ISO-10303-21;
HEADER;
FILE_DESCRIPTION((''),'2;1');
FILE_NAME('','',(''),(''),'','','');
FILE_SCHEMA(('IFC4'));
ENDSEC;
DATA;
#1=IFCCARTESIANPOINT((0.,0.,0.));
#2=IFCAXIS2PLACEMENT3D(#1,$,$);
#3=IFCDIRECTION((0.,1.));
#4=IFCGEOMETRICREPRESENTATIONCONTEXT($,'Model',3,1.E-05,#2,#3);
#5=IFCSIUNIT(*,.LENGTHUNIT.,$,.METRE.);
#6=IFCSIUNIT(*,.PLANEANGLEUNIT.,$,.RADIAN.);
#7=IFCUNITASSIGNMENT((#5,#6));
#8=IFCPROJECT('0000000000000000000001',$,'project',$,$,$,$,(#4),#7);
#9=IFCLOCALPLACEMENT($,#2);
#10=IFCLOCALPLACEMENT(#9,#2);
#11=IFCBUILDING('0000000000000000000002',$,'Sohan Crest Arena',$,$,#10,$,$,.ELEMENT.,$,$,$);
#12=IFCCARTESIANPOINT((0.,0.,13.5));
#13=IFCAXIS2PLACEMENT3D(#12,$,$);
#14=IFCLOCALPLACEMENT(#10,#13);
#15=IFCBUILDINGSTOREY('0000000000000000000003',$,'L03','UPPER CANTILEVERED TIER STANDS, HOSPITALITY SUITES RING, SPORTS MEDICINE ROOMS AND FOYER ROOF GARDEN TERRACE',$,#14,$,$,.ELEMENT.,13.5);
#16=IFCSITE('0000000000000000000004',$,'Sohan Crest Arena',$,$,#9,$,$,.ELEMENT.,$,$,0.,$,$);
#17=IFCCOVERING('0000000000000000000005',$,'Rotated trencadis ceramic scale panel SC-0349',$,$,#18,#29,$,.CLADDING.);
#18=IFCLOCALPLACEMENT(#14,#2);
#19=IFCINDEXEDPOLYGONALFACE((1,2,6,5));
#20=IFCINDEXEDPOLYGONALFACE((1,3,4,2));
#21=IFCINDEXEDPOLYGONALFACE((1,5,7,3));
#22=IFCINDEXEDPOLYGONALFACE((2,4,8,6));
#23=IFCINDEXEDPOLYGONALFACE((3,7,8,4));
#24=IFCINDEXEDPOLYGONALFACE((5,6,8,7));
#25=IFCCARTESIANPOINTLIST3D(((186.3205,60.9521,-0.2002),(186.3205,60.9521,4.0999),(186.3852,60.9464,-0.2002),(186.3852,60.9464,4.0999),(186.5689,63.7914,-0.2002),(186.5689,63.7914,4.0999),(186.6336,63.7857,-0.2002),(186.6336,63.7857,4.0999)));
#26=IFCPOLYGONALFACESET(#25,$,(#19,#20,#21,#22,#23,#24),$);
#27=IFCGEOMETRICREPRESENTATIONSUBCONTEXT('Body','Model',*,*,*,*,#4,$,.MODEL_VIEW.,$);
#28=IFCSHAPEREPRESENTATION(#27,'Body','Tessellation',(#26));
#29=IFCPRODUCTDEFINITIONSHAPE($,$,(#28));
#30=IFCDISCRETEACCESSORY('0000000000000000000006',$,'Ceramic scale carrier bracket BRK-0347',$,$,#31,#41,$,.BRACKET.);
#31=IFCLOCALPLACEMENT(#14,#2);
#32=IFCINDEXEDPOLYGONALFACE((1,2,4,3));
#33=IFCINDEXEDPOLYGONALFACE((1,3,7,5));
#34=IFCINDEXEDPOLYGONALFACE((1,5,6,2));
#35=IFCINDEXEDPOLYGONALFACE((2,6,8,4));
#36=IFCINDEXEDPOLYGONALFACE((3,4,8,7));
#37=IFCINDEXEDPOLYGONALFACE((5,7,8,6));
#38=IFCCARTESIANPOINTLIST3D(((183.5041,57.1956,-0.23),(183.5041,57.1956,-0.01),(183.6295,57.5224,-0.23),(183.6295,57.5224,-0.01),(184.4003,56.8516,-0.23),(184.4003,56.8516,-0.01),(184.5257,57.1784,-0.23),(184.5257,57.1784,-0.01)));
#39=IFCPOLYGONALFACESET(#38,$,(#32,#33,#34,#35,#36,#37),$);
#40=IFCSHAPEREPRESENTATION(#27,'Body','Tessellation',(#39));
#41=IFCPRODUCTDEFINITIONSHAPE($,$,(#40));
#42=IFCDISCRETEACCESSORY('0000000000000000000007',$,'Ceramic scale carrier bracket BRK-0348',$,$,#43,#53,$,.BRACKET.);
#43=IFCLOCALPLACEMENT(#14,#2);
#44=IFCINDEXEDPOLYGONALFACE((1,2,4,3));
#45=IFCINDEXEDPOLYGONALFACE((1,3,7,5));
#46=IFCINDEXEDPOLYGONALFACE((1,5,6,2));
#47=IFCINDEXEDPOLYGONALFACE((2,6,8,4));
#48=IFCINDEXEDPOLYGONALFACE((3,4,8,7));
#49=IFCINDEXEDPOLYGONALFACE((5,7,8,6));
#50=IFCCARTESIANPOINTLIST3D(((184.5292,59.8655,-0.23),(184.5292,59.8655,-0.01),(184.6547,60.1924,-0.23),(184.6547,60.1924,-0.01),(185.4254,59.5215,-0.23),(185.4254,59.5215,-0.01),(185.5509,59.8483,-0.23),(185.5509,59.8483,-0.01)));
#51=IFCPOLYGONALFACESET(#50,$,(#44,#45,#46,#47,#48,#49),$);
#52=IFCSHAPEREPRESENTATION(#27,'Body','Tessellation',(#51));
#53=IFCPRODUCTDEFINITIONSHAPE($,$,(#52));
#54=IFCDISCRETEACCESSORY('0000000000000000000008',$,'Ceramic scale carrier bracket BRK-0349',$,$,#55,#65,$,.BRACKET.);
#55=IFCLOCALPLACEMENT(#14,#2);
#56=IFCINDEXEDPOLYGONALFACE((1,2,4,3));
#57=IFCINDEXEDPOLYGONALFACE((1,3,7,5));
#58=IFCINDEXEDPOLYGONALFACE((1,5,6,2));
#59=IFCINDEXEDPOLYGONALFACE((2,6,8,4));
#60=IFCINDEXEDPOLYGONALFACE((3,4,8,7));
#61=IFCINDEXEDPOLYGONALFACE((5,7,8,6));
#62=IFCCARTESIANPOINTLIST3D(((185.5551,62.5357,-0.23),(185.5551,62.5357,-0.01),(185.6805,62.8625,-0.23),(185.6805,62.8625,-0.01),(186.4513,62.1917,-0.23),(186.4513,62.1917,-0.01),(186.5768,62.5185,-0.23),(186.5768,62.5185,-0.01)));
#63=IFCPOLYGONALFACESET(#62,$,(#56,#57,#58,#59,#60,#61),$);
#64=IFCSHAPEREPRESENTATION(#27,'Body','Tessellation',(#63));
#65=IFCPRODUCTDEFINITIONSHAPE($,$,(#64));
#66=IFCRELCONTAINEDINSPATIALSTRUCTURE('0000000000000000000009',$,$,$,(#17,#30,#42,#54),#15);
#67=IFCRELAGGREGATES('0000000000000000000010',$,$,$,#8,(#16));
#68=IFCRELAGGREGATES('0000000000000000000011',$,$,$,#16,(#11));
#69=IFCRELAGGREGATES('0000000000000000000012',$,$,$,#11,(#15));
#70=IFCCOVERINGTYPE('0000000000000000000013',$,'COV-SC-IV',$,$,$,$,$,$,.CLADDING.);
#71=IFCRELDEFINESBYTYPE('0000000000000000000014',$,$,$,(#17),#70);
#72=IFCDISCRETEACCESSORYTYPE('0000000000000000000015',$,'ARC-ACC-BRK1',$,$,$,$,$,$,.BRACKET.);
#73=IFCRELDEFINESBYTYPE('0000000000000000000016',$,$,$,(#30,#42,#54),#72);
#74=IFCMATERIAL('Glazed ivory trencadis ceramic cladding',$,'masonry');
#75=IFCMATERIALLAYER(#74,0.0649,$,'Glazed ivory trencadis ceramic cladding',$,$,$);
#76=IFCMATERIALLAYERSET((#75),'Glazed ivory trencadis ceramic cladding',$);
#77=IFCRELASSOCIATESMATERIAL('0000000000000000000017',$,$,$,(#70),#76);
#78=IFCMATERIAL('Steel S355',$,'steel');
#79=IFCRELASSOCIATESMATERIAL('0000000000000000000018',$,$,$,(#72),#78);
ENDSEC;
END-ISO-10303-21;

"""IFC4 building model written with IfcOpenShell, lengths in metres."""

from ifc_helpers import new_model, si_unit, direction, frame, origin, origin_2d, place, context, subcontext, project, spatial, rectangle, extrude, material, layer, layer_set, type_object, element, save


model = new_model("IFC4")

# Units and contexts
model_context = context("Model", 3, precision=1e-05, world=origin(), true_north=direction((0.0, 1.0)))
body_context = subcontext(model_context, "Body", "Model", "MODEL_VIEW")
ifc_project = project(units=[si_unit("LENGTHUNIT", "METRE"), si_unit("PLANEANGLEUNIT", "RADIAN")], contexts=[model_context])

# Site, building, storey
site_placement = place(None, origin())
site = spatial("IfcSite", under=ifc_project, at=site_placement, Name="Sohan Crest Arena", CompositionType="ELEMENT", RefElevation=0.0)
building_placement = place(site_placement, origin())
building = spatial("IfcBuilding", under=site, at=building_placement, Name="Sohan Crest Arena", CompositionType="ELEMENT")
storey_placement = place(building_placement, frame((0.0, 0.0, 13.5)))
storey = spatial("IfcBuildingStorey", under=building, at=storey_placement, Name="L03", Description="UPPER CANTILEVERED TIER STANDS, HOSPITALITY SUITES RING, SPORTS MEDICINE ROOMS AND FOYER ROOF GARDEN TERRACE", CompositionType="ELEMENT", Elevation=13.5)

# Covering
ifc_material_1 = material(Name="Glazed ivory trencadis ceramic cladding", Category="masonry")
ifc_layer_1 = layer(ifc_material_1, 0.0649, Name="Glazed ivory trencadis ceramic cladding")
ifc_layer_set_1 = layer_set([ifc_layer_1], Name="Glazed ivory trencadis ceramic cladding")
covering_type = type_object("IfcCoveringType", Name="COV-SC-IV", PredefinedType="CLADDING", material=ifc_layer_set_1)
for number, where, z_axis, x_axis, name in (
    (1, (186.4771, 62.3689, -0.2002), (0.0, 0.0, 1.0), (0.087156, 0.996195, 0.0), "Rotated trencadis ceramic scale panel SC-0349"),
):
    element("IfcCovering", number, at=place(storey_placement, frame(where, z_axis=z_axis, x_axis=x_axis)), inside=storey, type_object=covering_type, Name=name, PredefinedType="CLADDING", context=body_context, shape_type="SweptSolid", body=[
        extrude(rectangle(XDim=2.8501, YDim=0.0649, at=origin_2d()), origin(), (0.0, 0.0, 1.0), 4.3),
    ])

# Discrete accessories
ifc_material_2 = material(Name="Steel S355", Category="steel")
discrete_accessory_type = type_object("IfcDiscreteAccessoryType", Name="ARC-ACC-BRK1", PredefinedType="BRACKET", material=ifc_material_2)
for number, where, z_axis, x_axis, name in (
    (2, (184.0149, 57.187, -0.23), (0.0, 0.0, 1.0), (0.358368, 0.93358, 0.0), "Ceramic scale carrier bracket BRK-0347"),
    (3, (185.04, 59.8569, -0.23), (0.0, 0.0, 1.0), (0.358368, 0.93358, 0.0), "Ceramic scale carrier bracket BRK-0348"),
    (4, (186.0659, 62.5271, -0.23), (0.0, 0.0, 1.0), (0.358368, 0.93358, 0.0), "Ceramic scale carrier bracket BRK-0349"),
):
    element("IfcDiscreteAccessory", number, at=place(storey_placement, frame(where, z_axis=z_axis, x_axis=x_axis)), inside=storey, type_object=discrete_accessory_type, Name=name, PredefinedType="BRACKET", context=body_context, shape_type="SweptSolid", body=[
        extrude(rectangle(XDim=0.3501, YDim=0.96, at=origin_2d()), origin(), (0.0, 0.0, 1.0), 0.22),
    ])

save(model, "model.ifc")
